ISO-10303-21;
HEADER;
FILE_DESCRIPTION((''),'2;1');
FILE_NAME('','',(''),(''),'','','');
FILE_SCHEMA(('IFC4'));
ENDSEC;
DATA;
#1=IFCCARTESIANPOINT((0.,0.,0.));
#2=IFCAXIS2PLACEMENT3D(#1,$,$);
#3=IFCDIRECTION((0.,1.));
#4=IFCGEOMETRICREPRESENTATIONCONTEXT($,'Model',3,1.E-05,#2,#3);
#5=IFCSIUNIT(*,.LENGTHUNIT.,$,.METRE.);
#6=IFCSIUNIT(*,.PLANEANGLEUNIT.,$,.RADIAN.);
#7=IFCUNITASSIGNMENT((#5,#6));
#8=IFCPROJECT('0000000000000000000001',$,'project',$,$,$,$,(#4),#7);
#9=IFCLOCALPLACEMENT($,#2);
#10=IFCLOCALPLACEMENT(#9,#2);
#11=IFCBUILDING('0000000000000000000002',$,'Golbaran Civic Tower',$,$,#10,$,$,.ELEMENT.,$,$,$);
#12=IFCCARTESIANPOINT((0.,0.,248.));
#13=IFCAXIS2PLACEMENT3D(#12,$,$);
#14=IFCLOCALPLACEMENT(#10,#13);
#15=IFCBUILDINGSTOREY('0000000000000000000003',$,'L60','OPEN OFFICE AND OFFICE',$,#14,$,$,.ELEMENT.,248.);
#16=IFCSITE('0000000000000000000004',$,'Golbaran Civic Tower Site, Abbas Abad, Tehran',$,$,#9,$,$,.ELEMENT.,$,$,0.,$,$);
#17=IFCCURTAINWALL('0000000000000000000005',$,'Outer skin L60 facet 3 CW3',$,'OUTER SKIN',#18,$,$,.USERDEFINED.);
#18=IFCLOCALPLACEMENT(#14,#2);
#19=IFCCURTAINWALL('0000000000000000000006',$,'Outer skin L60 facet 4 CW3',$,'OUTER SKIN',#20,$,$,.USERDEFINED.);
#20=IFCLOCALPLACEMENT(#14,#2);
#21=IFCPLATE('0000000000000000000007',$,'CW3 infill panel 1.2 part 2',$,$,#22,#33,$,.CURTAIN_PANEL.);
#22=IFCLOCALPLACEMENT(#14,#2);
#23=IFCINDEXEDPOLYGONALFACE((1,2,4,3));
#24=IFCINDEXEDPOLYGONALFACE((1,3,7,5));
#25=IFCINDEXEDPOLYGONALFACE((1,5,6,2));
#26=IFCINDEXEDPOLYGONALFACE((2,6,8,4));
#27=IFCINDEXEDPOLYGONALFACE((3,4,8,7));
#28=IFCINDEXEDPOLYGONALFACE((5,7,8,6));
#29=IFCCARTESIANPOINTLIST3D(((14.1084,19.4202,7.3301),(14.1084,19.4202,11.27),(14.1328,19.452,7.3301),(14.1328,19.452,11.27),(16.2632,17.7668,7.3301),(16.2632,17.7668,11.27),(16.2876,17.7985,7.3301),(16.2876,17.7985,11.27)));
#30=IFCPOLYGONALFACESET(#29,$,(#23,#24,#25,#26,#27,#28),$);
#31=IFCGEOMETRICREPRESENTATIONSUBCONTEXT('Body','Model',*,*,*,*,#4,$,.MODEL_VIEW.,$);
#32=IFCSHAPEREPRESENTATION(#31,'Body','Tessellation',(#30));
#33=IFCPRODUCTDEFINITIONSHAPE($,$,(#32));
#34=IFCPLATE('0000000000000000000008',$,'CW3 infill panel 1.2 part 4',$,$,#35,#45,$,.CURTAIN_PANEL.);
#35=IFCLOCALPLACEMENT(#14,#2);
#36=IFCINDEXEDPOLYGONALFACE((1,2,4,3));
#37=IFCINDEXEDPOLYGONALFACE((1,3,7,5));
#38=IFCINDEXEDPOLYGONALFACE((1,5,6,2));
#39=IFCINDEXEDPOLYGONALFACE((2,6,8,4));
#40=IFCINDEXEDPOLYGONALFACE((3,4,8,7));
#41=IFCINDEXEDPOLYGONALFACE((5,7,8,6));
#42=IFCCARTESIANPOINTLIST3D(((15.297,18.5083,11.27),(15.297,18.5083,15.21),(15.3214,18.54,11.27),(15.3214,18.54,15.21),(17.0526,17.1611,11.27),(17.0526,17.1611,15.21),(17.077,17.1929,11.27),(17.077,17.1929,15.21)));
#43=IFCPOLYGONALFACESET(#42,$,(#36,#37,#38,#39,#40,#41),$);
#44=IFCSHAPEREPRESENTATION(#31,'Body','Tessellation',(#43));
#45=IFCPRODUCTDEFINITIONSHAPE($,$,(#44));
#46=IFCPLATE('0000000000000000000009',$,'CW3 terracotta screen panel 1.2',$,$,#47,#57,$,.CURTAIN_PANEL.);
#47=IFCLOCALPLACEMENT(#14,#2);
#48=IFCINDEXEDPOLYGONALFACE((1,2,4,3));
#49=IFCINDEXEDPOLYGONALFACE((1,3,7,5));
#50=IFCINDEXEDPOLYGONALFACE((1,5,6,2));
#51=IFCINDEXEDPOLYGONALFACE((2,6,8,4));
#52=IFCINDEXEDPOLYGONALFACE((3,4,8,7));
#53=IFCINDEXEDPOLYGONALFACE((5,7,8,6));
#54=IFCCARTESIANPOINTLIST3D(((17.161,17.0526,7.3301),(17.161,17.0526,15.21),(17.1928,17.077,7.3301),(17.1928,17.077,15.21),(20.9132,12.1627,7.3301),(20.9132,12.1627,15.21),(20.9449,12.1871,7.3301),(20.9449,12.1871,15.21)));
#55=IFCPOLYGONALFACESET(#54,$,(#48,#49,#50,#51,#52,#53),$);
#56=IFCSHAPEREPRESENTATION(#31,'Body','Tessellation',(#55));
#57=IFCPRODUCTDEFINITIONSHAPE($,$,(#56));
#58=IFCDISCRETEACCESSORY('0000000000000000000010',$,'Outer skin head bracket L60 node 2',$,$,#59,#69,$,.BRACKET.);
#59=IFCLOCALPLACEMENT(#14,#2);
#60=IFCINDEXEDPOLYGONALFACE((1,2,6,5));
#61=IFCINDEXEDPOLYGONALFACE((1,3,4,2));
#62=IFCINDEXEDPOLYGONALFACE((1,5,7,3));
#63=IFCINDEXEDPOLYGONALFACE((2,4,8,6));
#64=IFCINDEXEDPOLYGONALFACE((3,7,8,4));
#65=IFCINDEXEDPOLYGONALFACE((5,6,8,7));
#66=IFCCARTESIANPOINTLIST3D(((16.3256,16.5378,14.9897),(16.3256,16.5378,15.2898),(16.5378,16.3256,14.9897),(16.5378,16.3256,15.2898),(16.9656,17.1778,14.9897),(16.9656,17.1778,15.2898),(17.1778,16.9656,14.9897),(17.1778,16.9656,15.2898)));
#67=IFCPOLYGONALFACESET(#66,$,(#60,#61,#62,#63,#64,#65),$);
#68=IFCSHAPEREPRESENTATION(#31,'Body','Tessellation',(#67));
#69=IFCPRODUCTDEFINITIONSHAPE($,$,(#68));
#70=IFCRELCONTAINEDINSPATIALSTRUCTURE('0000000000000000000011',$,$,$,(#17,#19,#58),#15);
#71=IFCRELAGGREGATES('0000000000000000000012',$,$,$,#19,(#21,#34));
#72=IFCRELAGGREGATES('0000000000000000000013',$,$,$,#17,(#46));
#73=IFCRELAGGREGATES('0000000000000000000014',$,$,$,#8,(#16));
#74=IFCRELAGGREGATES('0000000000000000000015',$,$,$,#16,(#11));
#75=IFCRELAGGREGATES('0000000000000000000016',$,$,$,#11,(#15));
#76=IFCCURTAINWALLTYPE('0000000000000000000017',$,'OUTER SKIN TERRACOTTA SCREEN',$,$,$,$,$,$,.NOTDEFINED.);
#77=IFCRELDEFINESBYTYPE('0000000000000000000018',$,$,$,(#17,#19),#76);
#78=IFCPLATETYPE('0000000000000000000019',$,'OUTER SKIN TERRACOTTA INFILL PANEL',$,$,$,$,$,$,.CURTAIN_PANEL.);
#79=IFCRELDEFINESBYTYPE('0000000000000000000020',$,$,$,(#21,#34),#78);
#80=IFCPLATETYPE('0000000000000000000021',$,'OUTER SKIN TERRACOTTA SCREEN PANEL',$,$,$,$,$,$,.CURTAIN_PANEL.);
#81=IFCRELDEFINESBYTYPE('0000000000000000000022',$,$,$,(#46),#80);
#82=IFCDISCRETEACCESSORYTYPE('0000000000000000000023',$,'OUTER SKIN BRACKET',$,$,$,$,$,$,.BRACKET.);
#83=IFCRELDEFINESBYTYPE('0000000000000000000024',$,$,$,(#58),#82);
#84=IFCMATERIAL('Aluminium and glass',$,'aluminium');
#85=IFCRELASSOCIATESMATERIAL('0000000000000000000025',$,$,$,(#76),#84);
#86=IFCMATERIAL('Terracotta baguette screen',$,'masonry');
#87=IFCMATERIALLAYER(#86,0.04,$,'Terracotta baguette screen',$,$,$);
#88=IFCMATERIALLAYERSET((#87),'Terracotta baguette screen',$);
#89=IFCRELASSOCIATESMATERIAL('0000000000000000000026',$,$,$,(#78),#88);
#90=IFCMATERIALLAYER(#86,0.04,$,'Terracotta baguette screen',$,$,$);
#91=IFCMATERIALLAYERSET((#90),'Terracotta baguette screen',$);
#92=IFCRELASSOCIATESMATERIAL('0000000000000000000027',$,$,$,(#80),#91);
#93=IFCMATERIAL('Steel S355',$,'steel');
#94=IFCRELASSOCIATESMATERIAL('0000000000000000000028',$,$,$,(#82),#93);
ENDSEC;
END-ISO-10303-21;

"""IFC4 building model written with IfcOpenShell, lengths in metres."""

from ifc_helpers import new_model, si_unit, direction, frame, origin, origin_2d, place, context, subcontext, project, spatial, rectangle, extrude, material, layer, layer_set, type_object, element, aggregate, save


model = new_model("IFC4")

# Units and contexts
model_context = context("Model", 3, precision=1e-05, world=origin(), true_north=direction((0.0, 1.0)))
body_context = subcontext(model_context, "Body", "Model", "MODEL_VIEW")
ifc_project = project(units=[si_unit("LENGTHUNIT", "METRE"), si_unit("PLANEANGLEUNIT", "RADIAN")], contexts=[model_context])

# Site, building, storey
site_placement = place(None, origin())
site = spatial("IfcSite", under=ifc_project, at=site_placement, Name="Golbaran Civic Tower Site, Abbas Abad, Tehran", CompositionType="ELEMENT", RefElevation=0.0)
building_placement = place(site_placement, origin())
building = spatial("IfcBuilding", under=site, at=building_placement, Name="Golbaran Civic Tower", CompositionType="ELEMENT")
storey_placement = place(building_placement, frame((0.0, 0.0, 248.0)))
storey = spatial("IfcBuildingStorey", under=building, at=storey_placement, Name="L60", Description="OPEN OFFICE AND OFFICE", CompositionType="ELEMENT", Elevation=248.0)

# Curtain walls
ifc_material_1 = material(Name="Aluminium and glass", Category="aluminium")
curtain_wall_type_1 = type_object("IfcCurtainWallType", Name="OUTER SKIN TERRACOTTA SCREEN", PredefinedType="NOTDEFINED", material=ifc_material_1)
curtain_wall_1_placement = place(storey_placement, origin())
curtain_wall_1 = element("IfcCurtainWall", 1, at=curtain_wall_1_placement, inside=storey, type_object=curtain_wall_type_1, Name="Outer skin L60 facet 3 CW3", ObjectType="OUTER SKIN", PredefinedType="USERDEFINED")
curtain_wall_2_placement = place(storey_placement, origin())
curtain_wall_2 = element("IfcCurtainWall", 2, at=curtain_wall_2_placement, inside=storey, type_object=curtain_wall_type_1, Name="Outer skin L60 facet 4 CW3", ObjectType="OUTER SKIN", PredefinedType="USERDEFINED")

# Plates
ifc_material_2 = material(Name="Terracotta baguette screen", Category="masonry")
ifc_layer_1 = layer(ifc_material_2, 0.04, Name="Terracotta baguette screen")
ifc_layer_set_1 = layer_set([ifc_layer_1], Name="Terracotta baguette screen")
plate_type_1 = type_object("IfcPlateType", Name="OUTER SKIN TERRACOTTA INFILL PANEL", PredefinedType="CURTAIN_PANEL", material=ifc_layer_set_1)
plate_1_placement = place(storey_placement, frame((15.198, 18.6094, 7.3301), z_axis=(0.0, 0.0, 1.0), x_axis=(-0.793353, 0.608761, 0.0)))
plate_1 = element("IfcPlate", 3, at=plate_1_placement, type_object=plate_type_1, Name="CW3 infill panel 1.2 part 2", PredefinedType="CURTAIN_PANEL", context=body_context, shape_type="SweptSolid", body=[
    extrude(rectangle(XDim=2.7161, YDim=0.04, at=origin_2d()), origin(), (0.0, 0.0, 1.0), 3.9399),
])
plate_2_placement = place(storey_placement, frame((16.187, 17.8506, 11.27), z_axis=(0.0, 0.0, 1.0), x_axis=(-0.793353, 0.608761, 0.0)))
plate_2 = element("IfcPlate", 4, at=plate_2_placement, type_object=plate_type_1, Name="CW3 infill panel 1.2 part 4", PredefinedType="CURTAIN_PANEL", context=body_context, shape_type="SweptSolid", body=[
    extrude(rectangle(XDim=2.2129, YDim=0.04, at=origin_2d()), origin(), (0.0, 0.0, 1.0), 3.9399),
])
aggregate(curtain_wall_2, [plate_1, plate_2])
ifc_layer_2 = layer(ifc_material_2, 0.04, Name="Terracotta baguette screen")
ifc_layer_set_2 = layer_set([ifc_layer_2], Name="Terracotta baguette screen")
plate_type_2 = type_object("IfcPlateType", Name="OUTER SKIN TERRACOTTA SCREEN PANEL", PredefinedType="CURTAIN_PANEL", material=ifc_layer_set_2)
plate_3_placement = place(storey_placement, frame((19.053, 14.6199, 7.3301), z_axis=(0.0, 0.0, 1.0), x_axis=(-0.608761, 0.793353, 0.0)))
plate_3 = element("IfcPlate", 5, at=plate_3_placement, type_object=plate_type_2, Name="CW3 terracotta screen panel 1.2", PredefinedType="CURTAIN_PANEL", context=body_context, shape_type="SweptSolid", body=[
    extrude(rectangle(XDim=6.1636, YDim=0.04, at=origin_2d()), origin(), (0.0, 0.0, 1.0), 7.8799),
])
aggregate(curtain_wall_1, [plate_3])

# Discrete accessory
ifc_material_3 = material(Name="Steel S355", Category="steel")
discrete_accessory_type = type_object("IfcDiscreteAccessoryType", Name="OUTER SKIN BRACKET", PredefinedType="BRACKET", material=ifc_material_3)
discrete_accessory_placement = place(storey_placement, frame((16.7517, 16.7517, 14.9897), z_axis=(0.0, 0.0, 1.0), x_axis=(0.707107, 0.707107, 0.0)))
element("IfcDiscreteAccessory", 6, at=discrete_accessory_placement, inside=storey, type_object=discrete_accessory_type, Name="Outer skin head bracket L60 node 2", PredefinedType="BRACKET", context=body_context, shape_type="SweptSolid", body=[
    extrude(rectangle(XDim=0.905, YDim=0.3, at=origin_2d()), origin(), (0.0, 0.0, 1.0), 0.3),
])

save(model, "model.ifc")
